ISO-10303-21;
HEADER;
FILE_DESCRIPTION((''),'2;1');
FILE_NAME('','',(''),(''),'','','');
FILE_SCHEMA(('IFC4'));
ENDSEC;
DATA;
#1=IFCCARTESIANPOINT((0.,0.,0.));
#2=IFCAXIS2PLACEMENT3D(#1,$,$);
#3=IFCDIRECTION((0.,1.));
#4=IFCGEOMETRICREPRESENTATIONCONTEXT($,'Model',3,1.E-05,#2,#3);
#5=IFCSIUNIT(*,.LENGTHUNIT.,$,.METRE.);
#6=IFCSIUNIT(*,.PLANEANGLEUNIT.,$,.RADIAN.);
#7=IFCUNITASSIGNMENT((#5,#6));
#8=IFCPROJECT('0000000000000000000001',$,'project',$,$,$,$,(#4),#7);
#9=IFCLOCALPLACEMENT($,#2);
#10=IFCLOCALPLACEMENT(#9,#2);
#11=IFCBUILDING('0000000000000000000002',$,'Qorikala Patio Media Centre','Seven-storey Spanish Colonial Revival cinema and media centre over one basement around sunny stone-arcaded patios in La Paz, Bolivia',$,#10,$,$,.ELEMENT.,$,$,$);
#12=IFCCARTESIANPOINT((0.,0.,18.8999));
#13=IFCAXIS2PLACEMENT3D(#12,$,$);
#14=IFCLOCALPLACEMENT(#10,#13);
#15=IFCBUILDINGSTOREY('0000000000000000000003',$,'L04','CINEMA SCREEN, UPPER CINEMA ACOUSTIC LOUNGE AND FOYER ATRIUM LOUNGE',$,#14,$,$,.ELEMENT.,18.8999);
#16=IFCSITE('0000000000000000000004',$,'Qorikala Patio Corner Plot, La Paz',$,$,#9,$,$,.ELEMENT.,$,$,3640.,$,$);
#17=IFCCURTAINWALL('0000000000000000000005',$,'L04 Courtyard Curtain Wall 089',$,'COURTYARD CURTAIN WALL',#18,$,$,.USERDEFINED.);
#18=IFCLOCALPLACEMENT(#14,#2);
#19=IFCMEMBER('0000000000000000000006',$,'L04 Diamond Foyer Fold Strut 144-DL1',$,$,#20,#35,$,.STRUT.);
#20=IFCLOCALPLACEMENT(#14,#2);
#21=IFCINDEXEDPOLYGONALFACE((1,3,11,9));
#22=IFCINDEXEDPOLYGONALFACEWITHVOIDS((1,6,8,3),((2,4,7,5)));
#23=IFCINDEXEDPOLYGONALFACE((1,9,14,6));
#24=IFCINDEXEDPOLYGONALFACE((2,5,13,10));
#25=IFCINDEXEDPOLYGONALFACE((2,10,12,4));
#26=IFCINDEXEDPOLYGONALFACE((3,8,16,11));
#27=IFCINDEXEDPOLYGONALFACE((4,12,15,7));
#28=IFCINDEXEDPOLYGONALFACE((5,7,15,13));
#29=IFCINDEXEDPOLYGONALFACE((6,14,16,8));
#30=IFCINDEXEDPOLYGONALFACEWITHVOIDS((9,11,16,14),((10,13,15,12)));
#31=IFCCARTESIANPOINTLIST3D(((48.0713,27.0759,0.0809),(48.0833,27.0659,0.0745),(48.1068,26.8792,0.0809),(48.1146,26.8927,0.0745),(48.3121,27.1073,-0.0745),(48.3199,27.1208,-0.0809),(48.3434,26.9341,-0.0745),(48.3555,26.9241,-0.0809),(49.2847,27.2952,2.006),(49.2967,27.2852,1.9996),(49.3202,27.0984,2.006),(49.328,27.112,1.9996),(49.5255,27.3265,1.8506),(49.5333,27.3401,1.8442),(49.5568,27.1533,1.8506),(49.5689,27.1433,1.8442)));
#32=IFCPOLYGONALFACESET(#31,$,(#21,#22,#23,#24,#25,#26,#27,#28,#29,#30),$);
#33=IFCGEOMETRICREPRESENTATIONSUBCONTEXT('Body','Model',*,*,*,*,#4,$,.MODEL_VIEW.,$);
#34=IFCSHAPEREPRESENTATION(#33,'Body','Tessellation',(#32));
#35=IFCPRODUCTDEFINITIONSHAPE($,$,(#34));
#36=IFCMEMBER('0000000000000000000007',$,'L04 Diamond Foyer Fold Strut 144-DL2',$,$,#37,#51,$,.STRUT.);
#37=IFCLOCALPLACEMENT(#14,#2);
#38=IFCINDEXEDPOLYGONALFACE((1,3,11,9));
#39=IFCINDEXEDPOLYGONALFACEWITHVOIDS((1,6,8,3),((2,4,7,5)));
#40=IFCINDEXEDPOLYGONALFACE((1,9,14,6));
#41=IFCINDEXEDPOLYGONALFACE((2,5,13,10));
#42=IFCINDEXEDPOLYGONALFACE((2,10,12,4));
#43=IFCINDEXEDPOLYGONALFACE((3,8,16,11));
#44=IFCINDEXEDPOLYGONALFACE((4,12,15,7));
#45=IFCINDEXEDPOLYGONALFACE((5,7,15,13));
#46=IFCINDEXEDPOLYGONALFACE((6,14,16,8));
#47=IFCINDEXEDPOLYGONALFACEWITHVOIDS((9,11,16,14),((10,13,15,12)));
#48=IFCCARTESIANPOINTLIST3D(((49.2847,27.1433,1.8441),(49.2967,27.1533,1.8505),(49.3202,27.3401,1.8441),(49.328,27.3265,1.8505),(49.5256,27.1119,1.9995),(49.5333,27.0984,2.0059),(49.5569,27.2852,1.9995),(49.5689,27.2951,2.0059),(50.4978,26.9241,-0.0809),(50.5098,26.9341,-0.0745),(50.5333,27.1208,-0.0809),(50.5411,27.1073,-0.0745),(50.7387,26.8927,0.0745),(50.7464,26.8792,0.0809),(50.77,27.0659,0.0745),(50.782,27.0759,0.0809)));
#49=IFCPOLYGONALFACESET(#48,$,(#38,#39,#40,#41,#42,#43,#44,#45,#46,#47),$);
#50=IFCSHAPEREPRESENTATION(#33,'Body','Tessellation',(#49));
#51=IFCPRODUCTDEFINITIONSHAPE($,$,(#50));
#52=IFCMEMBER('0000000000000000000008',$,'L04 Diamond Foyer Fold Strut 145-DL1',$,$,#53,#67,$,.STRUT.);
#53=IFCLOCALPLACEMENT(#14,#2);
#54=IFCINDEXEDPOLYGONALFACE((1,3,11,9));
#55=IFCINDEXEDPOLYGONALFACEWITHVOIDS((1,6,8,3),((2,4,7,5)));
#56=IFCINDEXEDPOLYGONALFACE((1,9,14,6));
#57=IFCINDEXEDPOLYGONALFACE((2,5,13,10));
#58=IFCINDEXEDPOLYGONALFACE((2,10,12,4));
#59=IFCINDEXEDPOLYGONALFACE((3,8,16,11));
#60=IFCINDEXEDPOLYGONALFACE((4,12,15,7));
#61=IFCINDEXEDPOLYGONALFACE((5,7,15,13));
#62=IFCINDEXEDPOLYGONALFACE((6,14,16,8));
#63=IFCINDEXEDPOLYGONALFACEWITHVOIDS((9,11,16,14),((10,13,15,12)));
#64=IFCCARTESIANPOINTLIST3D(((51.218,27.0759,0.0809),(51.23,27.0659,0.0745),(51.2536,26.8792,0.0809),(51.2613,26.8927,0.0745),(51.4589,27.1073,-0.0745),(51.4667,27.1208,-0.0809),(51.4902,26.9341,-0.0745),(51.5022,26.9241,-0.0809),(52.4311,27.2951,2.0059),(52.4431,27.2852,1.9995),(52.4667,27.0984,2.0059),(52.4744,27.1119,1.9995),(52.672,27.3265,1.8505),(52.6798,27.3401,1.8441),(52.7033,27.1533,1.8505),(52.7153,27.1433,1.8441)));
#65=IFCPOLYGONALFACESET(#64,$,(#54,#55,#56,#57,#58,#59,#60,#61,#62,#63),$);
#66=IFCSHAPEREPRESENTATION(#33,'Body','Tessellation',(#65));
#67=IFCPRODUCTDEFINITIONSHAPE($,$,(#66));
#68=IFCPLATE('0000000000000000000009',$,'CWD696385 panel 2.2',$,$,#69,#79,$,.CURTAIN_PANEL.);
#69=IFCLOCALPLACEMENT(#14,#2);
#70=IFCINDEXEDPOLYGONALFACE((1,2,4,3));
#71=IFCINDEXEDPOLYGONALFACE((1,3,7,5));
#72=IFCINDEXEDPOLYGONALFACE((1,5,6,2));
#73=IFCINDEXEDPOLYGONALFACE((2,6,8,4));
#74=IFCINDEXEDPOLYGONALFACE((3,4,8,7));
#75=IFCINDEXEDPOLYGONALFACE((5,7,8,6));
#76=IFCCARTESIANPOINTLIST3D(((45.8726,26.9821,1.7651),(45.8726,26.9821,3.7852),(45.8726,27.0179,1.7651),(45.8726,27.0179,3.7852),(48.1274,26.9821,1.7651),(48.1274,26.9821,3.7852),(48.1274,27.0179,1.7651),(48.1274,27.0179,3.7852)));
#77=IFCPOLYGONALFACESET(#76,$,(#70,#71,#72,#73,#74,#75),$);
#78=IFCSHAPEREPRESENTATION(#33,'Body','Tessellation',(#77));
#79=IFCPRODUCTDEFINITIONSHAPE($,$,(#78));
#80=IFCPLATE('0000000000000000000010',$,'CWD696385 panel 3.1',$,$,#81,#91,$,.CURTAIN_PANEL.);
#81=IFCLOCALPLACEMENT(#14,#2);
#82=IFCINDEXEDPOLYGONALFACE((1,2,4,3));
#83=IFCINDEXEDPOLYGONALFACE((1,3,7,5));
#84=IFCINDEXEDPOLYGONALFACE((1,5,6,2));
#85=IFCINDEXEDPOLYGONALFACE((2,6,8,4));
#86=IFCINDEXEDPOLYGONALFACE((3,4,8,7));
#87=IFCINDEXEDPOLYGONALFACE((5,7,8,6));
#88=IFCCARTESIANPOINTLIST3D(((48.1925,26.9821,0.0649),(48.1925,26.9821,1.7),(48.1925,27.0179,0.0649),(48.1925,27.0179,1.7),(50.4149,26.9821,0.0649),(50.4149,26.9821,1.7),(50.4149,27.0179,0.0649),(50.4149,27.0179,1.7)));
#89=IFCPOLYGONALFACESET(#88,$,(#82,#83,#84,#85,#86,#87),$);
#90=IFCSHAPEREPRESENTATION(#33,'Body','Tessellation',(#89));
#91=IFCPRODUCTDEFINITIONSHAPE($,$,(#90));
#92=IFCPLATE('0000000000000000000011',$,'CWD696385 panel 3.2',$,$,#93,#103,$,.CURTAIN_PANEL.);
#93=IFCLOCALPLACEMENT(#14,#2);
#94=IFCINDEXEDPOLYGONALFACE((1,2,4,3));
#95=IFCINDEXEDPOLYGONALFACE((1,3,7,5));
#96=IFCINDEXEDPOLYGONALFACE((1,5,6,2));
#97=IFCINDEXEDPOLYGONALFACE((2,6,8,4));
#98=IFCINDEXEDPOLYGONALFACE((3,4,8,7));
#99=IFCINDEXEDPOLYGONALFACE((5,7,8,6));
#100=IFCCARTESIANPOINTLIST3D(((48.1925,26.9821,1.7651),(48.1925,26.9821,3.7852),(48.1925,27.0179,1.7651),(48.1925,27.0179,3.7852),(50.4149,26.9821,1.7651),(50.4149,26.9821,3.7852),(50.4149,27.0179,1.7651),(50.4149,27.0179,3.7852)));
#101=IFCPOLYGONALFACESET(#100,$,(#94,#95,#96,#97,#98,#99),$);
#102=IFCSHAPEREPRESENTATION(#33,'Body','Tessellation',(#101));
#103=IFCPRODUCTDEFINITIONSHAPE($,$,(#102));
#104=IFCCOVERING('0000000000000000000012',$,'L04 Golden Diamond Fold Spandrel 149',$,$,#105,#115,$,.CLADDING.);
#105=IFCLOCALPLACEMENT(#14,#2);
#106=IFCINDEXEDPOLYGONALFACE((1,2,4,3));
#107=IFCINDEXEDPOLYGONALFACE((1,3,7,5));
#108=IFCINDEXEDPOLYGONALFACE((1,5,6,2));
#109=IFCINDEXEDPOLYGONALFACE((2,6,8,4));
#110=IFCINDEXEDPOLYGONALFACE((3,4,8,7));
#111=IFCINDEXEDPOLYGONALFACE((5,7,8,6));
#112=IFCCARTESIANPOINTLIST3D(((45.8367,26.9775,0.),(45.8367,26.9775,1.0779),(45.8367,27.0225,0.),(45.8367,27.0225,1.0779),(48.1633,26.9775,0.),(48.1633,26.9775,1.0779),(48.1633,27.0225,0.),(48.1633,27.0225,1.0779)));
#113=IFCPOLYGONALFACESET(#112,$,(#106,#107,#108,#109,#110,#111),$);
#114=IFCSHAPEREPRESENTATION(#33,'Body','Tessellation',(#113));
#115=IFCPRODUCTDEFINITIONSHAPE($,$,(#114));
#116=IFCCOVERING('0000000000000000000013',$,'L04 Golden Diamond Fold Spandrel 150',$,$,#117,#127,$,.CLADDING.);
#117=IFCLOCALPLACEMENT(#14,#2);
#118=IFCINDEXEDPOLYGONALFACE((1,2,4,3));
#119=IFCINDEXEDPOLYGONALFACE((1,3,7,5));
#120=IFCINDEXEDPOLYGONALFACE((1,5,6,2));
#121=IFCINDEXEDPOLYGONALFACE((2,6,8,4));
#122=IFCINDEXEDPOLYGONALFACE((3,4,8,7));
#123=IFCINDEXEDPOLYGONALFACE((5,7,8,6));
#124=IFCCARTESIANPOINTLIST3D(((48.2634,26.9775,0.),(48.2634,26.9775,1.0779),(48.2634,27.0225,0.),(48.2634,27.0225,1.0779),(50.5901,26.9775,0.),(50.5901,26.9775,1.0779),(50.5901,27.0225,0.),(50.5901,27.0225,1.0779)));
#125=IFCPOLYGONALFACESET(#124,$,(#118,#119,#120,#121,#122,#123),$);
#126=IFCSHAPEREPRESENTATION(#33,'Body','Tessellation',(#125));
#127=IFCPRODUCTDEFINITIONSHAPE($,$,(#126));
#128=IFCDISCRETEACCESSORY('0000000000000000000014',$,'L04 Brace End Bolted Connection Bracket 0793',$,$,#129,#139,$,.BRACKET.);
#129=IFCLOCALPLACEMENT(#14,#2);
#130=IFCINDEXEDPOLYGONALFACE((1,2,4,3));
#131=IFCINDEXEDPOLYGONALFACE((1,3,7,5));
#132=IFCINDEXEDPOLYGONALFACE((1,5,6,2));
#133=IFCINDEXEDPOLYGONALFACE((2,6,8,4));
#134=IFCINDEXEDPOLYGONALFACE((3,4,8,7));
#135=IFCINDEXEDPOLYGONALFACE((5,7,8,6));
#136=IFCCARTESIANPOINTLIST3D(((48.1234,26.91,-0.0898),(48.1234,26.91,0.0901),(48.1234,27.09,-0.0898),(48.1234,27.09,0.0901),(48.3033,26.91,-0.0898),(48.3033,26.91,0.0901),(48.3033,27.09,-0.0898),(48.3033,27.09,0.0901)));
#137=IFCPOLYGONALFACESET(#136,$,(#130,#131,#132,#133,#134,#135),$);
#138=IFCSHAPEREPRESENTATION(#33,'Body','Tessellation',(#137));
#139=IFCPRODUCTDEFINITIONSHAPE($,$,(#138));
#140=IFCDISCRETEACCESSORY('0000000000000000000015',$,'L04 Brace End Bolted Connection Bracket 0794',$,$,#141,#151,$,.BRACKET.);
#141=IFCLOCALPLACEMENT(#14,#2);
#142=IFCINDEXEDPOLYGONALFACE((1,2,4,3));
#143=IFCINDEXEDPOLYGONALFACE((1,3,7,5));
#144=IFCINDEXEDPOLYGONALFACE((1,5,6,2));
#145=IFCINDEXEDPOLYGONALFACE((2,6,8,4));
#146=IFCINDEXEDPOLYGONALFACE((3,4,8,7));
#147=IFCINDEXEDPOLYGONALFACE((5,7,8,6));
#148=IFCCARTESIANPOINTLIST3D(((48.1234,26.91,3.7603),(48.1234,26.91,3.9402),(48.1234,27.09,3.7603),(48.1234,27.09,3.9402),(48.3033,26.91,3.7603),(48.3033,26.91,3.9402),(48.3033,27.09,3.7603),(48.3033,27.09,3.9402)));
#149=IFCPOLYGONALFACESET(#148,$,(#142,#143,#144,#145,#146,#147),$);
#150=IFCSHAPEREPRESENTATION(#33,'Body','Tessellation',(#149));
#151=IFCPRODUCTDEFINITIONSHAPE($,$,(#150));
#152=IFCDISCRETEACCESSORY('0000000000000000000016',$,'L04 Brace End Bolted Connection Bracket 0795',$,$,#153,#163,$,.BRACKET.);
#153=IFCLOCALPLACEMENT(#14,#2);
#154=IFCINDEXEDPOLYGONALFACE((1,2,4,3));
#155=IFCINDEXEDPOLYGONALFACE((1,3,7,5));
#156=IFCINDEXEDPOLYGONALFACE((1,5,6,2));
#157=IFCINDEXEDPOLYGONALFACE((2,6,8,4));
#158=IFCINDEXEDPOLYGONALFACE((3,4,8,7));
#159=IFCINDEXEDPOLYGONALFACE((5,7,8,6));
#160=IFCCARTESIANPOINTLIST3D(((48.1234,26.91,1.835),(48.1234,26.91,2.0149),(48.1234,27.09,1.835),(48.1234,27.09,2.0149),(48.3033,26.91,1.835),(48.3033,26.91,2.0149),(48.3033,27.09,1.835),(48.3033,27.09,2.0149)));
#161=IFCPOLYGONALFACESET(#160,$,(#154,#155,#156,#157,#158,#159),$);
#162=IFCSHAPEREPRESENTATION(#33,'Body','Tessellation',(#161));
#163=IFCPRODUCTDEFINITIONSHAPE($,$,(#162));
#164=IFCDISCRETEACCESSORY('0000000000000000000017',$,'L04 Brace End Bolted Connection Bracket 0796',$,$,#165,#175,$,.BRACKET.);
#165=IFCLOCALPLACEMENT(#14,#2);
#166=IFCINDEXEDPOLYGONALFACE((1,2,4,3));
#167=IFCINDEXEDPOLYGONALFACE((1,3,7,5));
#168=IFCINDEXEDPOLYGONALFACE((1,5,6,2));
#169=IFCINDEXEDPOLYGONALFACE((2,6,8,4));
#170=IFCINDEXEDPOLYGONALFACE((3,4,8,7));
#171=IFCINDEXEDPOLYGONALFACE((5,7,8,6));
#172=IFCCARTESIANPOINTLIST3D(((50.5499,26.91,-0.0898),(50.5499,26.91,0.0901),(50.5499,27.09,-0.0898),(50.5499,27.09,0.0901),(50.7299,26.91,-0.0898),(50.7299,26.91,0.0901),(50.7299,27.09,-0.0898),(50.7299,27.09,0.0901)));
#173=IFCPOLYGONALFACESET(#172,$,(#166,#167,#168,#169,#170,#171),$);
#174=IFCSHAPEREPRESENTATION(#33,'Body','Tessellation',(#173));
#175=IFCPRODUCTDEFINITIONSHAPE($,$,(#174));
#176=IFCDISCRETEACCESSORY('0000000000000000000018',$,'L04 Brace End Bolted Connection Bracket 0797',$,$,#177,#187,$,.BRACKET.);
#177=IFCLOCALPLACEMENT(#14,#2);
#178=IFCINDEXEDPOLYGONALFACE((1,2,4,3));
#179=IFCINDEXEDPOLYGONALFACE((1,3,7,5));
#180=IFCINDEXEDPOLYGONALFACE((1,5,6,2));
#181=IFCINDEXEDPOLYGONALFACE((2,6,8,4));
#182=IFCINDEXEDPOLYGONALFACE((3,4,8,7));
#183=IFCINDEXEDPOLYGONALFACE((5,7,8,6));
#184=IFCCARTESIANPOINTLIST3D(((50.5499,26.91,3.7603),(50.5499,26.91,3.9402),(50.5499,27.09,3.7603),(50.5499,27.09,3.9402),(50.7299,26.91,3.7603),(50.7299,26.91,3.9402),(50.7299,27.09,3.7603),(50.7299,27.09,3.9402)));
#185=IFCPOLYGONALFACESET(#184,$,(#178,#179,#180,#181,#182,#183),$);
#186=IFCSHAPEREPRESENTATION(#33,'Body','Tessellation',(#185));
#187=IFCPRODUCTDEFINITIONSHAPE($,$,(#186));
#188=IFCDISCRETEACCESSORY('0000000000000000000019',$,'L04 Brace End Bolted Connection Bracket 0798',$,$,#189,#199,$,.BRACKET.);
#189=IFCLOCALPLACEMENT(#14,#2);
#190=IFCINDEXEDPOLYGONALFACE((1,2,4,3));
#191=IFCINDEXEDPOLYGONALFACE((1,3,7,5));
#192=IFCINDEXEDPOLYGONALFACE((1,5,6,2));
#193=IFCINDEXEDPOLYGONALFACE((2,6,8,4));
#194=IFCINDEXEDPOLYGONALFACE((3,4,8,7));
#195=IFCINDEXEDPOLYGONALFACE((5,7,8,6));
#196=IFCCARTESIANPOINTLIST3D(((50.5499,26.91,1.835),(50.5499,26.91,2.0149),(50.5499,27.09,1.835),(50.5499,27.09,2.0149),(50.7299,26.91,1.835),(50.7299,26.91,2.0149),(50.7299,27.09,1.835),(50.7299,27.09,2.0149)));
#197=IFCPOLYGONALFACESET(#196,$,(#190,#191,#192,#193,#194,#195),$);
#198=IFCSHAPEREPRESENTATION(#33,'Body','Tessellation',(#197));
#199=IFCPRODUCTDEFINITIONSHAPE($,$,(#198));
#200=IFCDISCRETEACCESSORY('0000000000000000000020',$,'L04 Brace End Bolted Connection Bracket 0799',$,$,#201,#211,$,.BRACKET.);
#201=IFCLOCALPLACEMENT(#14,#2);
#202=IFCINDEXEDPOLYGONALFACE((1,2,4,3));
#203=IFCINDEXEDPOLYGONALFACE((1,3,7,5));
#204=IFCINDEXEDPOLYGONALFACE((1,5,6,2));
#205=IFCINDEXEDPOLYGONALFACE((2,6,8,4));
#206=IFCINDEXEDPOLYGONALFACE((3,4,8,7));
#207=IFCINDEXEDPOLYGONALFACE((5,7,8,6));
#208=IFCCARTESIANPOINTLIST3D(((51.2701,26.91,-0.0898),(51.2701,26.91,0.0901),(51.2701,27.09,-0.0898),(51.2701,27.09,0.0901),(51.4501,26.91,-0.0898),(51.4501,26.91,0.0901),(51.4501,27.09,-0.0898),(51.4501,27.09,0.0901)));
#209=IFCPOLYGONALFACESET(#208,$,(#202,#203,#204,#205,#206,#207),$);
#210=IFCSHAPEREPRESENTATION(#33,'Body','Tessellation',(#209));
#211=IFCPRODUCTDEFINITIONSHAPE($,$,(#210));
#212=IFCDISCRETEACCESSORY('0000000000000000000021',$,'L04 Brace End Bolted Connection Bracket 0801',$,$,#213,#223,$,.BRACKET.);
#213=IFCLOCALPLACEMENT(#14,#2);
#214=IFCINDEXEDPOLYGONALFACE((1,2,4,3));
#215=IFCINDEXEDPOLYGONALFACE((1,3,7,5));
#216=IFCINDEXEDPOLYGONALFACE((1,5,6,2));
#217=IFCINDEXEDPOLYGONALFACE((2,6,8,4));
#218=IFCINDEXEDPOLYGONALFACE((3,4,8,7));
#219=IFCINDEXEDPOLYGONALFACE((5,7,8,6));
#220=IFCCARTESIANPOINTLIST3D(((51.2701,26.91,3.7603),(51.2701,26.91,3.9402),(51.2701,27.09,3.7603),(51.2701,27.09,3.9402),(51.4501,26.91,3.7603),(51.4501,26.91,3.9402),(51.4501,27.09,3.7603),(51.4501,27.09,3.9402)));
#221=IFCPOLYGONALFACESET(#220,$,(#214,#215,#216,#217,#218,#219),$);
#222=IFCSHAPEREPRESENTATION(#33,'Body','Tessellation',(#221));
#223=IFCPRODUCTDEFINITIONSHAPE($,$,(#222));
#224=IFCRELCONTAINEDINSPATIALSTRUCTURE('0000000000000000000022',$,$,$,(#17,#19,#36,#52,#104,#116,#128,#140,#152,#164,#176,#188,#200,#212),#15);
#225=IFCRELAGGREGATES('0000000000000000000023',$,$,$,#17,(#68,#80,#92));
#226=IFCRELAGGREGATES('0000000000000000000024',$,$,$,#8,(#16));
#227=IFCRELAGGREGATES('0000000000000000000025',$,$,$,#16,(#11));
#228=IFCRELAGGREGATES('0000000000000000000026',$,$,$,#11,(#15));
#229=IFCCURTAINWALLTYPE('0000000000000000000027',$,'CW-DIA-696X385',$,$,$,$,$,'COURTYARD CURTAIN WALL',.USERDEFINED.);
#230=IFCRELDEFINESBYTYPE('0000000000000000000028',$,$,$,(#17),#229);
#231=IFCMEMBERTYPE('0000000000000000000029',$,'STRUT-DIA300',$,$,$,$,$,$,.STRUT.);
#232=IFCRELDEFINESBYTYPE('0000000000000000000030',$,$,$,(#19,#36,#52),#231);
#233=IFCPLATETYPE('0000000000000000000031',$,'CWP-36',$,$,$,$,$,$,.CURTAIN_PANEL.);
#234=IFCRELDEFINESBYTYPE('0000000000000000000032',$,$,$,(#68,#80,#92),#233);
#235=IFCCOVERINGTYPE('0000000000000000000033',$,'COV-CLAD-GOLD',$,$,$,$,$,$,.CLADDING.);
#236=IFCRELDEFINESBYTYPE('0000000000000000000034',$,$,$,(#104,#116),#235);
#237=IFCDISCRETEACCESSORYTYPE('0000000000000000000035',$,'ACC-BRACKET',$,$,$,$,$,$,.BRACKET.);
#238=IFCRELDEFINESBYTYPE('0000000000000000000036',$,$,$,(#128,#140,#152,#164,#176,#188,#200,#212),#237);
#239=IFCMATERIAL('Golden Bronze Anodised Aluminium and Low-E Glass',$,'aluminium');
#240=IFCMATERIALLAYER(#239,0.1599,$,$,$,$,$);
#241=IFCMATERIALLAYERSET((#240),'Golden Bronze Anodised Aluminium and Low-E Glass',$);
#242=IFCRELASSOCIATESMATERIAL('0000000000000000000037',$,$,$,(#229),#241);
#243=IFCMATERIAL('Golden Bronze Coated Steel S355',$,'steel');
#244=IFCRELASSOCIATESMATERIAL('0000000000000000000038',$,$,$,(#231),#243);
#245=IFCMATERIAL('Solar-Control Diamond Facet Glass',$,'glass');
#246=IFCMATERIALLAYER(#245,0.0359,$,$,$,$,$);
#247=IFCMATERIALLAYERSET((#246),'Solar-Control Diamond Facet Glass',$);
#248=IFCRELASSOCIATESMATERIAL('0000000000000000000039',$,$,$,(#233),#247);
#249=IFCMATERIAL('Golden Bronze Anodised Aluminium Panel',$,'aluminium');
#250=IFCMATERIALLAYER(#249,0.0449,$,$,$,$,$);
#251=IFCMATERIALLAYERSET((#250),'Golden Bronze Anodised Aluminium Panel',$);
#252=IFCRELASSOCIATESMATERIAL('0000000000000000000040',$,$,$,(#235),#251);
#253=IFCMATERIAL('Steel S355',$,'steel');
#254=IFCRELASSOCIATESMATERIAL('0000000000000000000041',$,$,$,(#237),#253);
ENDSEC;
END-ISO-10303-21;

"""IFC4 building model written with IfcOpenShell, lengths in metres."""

from ifc_helpers import new_model, si_unit, direction, frame, origin, origin_2d, place, context, subcontext, project, spatial, rectangle, hollow_rectangle, extrude, material, layer, layer_set, material_profile, profile_set, type_object, element, aggregate, save


model = new_model("IFC4")

# Units and contexts
model_context = context("Model", 3, precision=1e-05, world=origin(), true_north=direction((0.0, 1.0)))
body_context = subcontext(model_context, "Body", "Model", "MODEL_VIEW")
ifc_project = project(units=[si_unit("LENGTHUNIT", "METRE"), si_unit("PLANEANGLEUNIT", "RADIAN")], contexts=[model_context])

# Site, building, storey
site_placement = place(None, origin())
site = spatial("IfcSite", under=ifc_project, at=site_placement, Name="Qorikala Patio Corner Plot, La Paz", CompositionType="ELEMENT", RefElevation=3640.0)
building_placement = place(site_placement, origin())
building = spatial("IfcBuilding", under=site, at=building_placement, Name="Qorikala Patio Media Centre", Description="Seven-storey Spanish Colonial Revival cinema and media centre over one basement around sunny stone-arcaded patios in La Paz, Bolivia", CompositionType="ELEMENT")
storey_placement = place(building_placement, frame((0.0, 0.0, 18.8999)))
storey = spatial("IfcBuildingStorey", under=building, at=storey_placement, Name="L04", Description="CINEMA SCREEN, UPPER CINEMA ACOUSTIC LOUNGE AND FOYER ATRIUM LOUNGE", CompositionType="ELEMENT", Elevation=18.8999)

# Shared definitions
ifc_material_1 = material(Name="Golden Bronze Coated Steel S355", Category="steel")

# Curtain wall
ifc_material_2 = material(Name="Golden Bronze Anodised Aluminium and Low-E Glass", Category="aluminium")
ifc_layer_1 = layer(ifc_material_2, 0.1599)
ifc_layer_set_1 = layer_set([ifc_layer_1], Name="Golden Bronze Anodised Aluminium and Low-E Glass")
curtain_wall_type = type_object("IfcCurtainWallType", Name="CW-DIA-696X385", ElementType="COURTYARD CURTAIN WALL", PredefinedType="USERDEFINED", material=ifc_layer_set_1)
curtain_wall_1_placement = place(storey_placement, origin())
curtain_wall_1 = element("IfcCurtainWall", 1, at=curtain_wall_1_placement, inside=storey, type_object=curtain_wall_type, Name="L04 Courtyard Curtain Wall 089", ObjectType="COURTYARD CURTAIN WALL", PredefinedType="USERDEFINED")

# Members
ifc_material_profile_1 = material_profile(ifc_material_1, hollow_rectangle(XDim=0.2, YDim=0.3, WallThickness=0.012, at=origin_2d()), Name="HSS300X200X12")
ifc_profile_set_1 = profile_set([ifc_material_profile_1], Name="Golden Bronze Coated Steel S355")
member_type_1 = type_object("IfcMemberType", Name="STRUT-DIA300", PredefinedType="STRUT", material=ifc_profile_set_1)
for number, where, z_axis, x_axis, name in (
    (2, (48.2134, 27.0, 0.0), (0.530768, 0.095901, 0.842074), (-0.177805, 0.984066, 0.0), "L04 Diamond Foyer Fold Strut 144-DL1"),
):
    element("IfcMember", number, at=place(storey_placement, frame(where, z_axis=z_axis, x_axis=x_axis)), inside=storey, type_object=member_type_1, Name=name, PredefinedType="STRUT", context=body_context, shape_type="SweptSolid", body=[
        extrude(hollow_rectangle(XDim=0.2, YDim=0.3, WallThickness=0.012, at=origin_2d()), origin(), (0.0, 0.0, 1.0), 2.2861),
    ])
for number, where, z_axis, x_axis, name in (
    (3, (50.6399, 27.0, 0.0), (-0.530691, 0.095907, 0.842121), (-0.17784, -0.984059, 0.0), "L04 Diamond Foyer Fold Strut 144-DL2"),
    (4, (51.3601, 27.0, 0.0), (0.530691, 0.095907, 0.842121), (-0.17784, 0.984059, 0.0), "L04 Diamond Foyer Fold Strut 145-DL1"),
):
    element("IfcMember", number, at=place(storey_placement, frame(where, z_axis=z_axis, x_axis=x_axis)), inside=storey, type_object=member_type_1, Name=name, PredefinedType="STRUT", context=body_context, shape_type="SweptSolid", body=[
        extrude(hollow_rectangle(XDim=0.2, YDim=0.3, WallThickness=0.012, at=origin_2d()), origin(), (0.0, 0.0, 1.0), 2.2859),
    ])

# Plates
ifc_material_3 = material(Name="Solar-Control Diamond Facet Glass", Category="glass")
ifc_layer_2 = layer(ifc_material_3, 0.0359)
ifc_layer_set_2 = layer_set([ifc_layer_2], Name="Solar-Control Diamond Facet Glass")
plate_type = type_object("IfcPlateType", Name="CWP-36", PredefinedType="CURTAIN_PANEL", material=ifc_layer_set_2)
plate_1_placement = place(storey_placement, frame((47.0, 27.0, 1.7651), z_axis=(0.0, 0.0, 1.0), x_axis=(1.0, 0.0, 0.0)))
plate_1 = element("IfcPlate", 5, at=plate_1_placement, type_object=plate_type, Name="CWD696385 panel 2.2", PredefinedType="CURTAIN_PANEL", context=body_context, shape_type="SweptSolid", body=[
    extrude(rectangle(XDim=2.2549, YDim=0.0359, at=origin_2d()), origin(), (0.0, 0.0, 1.0), 2.02),
])
plate_2_placement = place(storey_placement, frame((49.3037, 27.0, 0.0649), z_axis=(0.0, 0.0, 1.0), x_axis=(1.0, 0.0, 0.0)))
plate_2 = element("IfcPlate", 6, at=plate_2_placement, type_object=plate_type, Name="CWD696385 panel 3.1", PredefinedType="CURTAIN_PANEL", context=body_context, shape_type="SweptSolid", body=[
    extrude(rectangle(XDim=2.2224, YDim=0.0359, at=origin_2d()), origin(), (0.0, 0.0, 1.0), 1.635),
])
plate_3_placement = place(storey_placement, frame((49.3037, 27.0, 1.7651), z_axis=(0.0, 0.0, 1.0), x_axis=(1.0, 0.0, 0.0)))
plate_3 = element("IfcPlate", 7, at=plate_3_placement, type_object=plate_type, Name="CWD696385 panel 3.2", PredefinedType="CURTAIN_PANEL", context=body_context, shape_type="SweptSolid", body=[
    extrude(rectangle(XDim=2.2224, YDim=0.0359, at=origin_2d()), origin(), (0.0, 0.0, 1.0), 2.02),
])
aggregate(curtain_wall_1, [plate_1, plate_2, plate_3])

# Coverings
ifc_material_4 = material(Name="Golden Bronze Anodised Aluminium Panel", Category="aluminium")
ifc_layer_3 = layer(ifc_material_4, 0.0449)
ifc_layer_set_3 = layer_set([ifc_layer_3], Name="Golden Bronze Anodised Aluminium Panel")
covering_type = type_object("IfcCoveringType", Name="COV-CLAD-GOLD", PredefinedType="CLADDING", material=ifc_layer_set_3)
for number, where, z_axis, x_axis, name in (
    (8, (47.0, 27.0, 0.0), (0.0, 0.0, 1.0), (1.0, 0.0, 0.0), "L04 Golden Diamond Fold Spandrel 149"),
    (9, (49.4268, 27.0, 0.0), (0.0, 0.0, 1.0), (1.0, 0.0, 0.0), "L04 Golden Diamond Fold Spandrel 150"),
):
    element("IfcCovering", number, at=place(storey_placement, frame(where, z_axis=z_axis, x_axis=x_axis)), inside=storey, type_object=covering_type, Name=name, PredefinedType="CLADDING", context=body_context, shape_type="SweptSolid", body=[
        extrude(rectangle(XDim=2.3267, YDim=0.0449, at=origin_2d()), origin(), (0.0, 0.0, 1.0), 1.0779),
    ])

# Discrete accessories
ifc_material_5 = material(Name="Steel S355", Category="steel")
discrete_accessory_type = type_object("IfcDiscreteAccessoryType", Name="ACC-BRACKET", PredefinedType="BRACKET", material=ifc_material_5)
for number, where, z_axis, x_axis, name in (
    (10, (48.2134, 27.0, -0.0898), (0.0, 0.0, 1.0), (1.0, 0.0, 0.0), "L04 Brace End Bolted Connection Bracket 0793"),
    (11, (48.2134, 27.0, 3.7603), (0.0, 0.0, 1.0), (1.0, 0.0, 0.0), "L04 Brace End Bolted Connection Bracket 0794"),
    (12, (48.2134, 27.0, 1.835), (0.0, 0.0, 1.0), (1.0, 0.0, 0.0), "L04 Brace End Bolted Connection Bracket 0795"),
    (13, (50.6399, 27.0, -0.0898), (0.0, 0.0, 1.0), (1.0, 0.0, 0.0), "L04 Brace End Bolted Connection Bracket 0796"),
    (14, (50.6399, 27.0, 3.7603), (0.0, 0.0, 1.0), (1.0, 0.0, 0.0), "L04 Brace End Bolted Connection Bracket 0797"),
    (15, (50.6399, 27.0, 1.835), (0.0, 0.0, 1.0), (1.0, 0.0, 0.0), "L04 Brace End Bolted Connection Bracket 0798"),
    (16, (51.3601, 27.0, -0.0898), (0.0, 0.0, 1.0), (1.0, 0.0, 0.0), "L04 Brace End Bolted Connection Bracket 0799"),
    (17, (51.3601, 27.0, 3.7603), (0.0, 0.0, 1.0), (1.0, 0.0, 0.0), "L04 Brace End Bolted Connection Bracket 0801"),
):
    element("IfcDiscreteAccessory", number, at=place(storey_placement, frame(where, z_axis=z_axis, x_axis=x_axis)), inside=storey, type_object=discrete_accessory_type, Name=name, PredefinedType="BRACKET", context=body_context, shape_type="SweptSolid", body=[
        extrude(rectangle(XDim=0.1799, YDim=0.1799, at=origin_2d()), origin(), (0.0, 0.0, 1.0), 0.1799),
    ])

save(model, "model.ifc")
